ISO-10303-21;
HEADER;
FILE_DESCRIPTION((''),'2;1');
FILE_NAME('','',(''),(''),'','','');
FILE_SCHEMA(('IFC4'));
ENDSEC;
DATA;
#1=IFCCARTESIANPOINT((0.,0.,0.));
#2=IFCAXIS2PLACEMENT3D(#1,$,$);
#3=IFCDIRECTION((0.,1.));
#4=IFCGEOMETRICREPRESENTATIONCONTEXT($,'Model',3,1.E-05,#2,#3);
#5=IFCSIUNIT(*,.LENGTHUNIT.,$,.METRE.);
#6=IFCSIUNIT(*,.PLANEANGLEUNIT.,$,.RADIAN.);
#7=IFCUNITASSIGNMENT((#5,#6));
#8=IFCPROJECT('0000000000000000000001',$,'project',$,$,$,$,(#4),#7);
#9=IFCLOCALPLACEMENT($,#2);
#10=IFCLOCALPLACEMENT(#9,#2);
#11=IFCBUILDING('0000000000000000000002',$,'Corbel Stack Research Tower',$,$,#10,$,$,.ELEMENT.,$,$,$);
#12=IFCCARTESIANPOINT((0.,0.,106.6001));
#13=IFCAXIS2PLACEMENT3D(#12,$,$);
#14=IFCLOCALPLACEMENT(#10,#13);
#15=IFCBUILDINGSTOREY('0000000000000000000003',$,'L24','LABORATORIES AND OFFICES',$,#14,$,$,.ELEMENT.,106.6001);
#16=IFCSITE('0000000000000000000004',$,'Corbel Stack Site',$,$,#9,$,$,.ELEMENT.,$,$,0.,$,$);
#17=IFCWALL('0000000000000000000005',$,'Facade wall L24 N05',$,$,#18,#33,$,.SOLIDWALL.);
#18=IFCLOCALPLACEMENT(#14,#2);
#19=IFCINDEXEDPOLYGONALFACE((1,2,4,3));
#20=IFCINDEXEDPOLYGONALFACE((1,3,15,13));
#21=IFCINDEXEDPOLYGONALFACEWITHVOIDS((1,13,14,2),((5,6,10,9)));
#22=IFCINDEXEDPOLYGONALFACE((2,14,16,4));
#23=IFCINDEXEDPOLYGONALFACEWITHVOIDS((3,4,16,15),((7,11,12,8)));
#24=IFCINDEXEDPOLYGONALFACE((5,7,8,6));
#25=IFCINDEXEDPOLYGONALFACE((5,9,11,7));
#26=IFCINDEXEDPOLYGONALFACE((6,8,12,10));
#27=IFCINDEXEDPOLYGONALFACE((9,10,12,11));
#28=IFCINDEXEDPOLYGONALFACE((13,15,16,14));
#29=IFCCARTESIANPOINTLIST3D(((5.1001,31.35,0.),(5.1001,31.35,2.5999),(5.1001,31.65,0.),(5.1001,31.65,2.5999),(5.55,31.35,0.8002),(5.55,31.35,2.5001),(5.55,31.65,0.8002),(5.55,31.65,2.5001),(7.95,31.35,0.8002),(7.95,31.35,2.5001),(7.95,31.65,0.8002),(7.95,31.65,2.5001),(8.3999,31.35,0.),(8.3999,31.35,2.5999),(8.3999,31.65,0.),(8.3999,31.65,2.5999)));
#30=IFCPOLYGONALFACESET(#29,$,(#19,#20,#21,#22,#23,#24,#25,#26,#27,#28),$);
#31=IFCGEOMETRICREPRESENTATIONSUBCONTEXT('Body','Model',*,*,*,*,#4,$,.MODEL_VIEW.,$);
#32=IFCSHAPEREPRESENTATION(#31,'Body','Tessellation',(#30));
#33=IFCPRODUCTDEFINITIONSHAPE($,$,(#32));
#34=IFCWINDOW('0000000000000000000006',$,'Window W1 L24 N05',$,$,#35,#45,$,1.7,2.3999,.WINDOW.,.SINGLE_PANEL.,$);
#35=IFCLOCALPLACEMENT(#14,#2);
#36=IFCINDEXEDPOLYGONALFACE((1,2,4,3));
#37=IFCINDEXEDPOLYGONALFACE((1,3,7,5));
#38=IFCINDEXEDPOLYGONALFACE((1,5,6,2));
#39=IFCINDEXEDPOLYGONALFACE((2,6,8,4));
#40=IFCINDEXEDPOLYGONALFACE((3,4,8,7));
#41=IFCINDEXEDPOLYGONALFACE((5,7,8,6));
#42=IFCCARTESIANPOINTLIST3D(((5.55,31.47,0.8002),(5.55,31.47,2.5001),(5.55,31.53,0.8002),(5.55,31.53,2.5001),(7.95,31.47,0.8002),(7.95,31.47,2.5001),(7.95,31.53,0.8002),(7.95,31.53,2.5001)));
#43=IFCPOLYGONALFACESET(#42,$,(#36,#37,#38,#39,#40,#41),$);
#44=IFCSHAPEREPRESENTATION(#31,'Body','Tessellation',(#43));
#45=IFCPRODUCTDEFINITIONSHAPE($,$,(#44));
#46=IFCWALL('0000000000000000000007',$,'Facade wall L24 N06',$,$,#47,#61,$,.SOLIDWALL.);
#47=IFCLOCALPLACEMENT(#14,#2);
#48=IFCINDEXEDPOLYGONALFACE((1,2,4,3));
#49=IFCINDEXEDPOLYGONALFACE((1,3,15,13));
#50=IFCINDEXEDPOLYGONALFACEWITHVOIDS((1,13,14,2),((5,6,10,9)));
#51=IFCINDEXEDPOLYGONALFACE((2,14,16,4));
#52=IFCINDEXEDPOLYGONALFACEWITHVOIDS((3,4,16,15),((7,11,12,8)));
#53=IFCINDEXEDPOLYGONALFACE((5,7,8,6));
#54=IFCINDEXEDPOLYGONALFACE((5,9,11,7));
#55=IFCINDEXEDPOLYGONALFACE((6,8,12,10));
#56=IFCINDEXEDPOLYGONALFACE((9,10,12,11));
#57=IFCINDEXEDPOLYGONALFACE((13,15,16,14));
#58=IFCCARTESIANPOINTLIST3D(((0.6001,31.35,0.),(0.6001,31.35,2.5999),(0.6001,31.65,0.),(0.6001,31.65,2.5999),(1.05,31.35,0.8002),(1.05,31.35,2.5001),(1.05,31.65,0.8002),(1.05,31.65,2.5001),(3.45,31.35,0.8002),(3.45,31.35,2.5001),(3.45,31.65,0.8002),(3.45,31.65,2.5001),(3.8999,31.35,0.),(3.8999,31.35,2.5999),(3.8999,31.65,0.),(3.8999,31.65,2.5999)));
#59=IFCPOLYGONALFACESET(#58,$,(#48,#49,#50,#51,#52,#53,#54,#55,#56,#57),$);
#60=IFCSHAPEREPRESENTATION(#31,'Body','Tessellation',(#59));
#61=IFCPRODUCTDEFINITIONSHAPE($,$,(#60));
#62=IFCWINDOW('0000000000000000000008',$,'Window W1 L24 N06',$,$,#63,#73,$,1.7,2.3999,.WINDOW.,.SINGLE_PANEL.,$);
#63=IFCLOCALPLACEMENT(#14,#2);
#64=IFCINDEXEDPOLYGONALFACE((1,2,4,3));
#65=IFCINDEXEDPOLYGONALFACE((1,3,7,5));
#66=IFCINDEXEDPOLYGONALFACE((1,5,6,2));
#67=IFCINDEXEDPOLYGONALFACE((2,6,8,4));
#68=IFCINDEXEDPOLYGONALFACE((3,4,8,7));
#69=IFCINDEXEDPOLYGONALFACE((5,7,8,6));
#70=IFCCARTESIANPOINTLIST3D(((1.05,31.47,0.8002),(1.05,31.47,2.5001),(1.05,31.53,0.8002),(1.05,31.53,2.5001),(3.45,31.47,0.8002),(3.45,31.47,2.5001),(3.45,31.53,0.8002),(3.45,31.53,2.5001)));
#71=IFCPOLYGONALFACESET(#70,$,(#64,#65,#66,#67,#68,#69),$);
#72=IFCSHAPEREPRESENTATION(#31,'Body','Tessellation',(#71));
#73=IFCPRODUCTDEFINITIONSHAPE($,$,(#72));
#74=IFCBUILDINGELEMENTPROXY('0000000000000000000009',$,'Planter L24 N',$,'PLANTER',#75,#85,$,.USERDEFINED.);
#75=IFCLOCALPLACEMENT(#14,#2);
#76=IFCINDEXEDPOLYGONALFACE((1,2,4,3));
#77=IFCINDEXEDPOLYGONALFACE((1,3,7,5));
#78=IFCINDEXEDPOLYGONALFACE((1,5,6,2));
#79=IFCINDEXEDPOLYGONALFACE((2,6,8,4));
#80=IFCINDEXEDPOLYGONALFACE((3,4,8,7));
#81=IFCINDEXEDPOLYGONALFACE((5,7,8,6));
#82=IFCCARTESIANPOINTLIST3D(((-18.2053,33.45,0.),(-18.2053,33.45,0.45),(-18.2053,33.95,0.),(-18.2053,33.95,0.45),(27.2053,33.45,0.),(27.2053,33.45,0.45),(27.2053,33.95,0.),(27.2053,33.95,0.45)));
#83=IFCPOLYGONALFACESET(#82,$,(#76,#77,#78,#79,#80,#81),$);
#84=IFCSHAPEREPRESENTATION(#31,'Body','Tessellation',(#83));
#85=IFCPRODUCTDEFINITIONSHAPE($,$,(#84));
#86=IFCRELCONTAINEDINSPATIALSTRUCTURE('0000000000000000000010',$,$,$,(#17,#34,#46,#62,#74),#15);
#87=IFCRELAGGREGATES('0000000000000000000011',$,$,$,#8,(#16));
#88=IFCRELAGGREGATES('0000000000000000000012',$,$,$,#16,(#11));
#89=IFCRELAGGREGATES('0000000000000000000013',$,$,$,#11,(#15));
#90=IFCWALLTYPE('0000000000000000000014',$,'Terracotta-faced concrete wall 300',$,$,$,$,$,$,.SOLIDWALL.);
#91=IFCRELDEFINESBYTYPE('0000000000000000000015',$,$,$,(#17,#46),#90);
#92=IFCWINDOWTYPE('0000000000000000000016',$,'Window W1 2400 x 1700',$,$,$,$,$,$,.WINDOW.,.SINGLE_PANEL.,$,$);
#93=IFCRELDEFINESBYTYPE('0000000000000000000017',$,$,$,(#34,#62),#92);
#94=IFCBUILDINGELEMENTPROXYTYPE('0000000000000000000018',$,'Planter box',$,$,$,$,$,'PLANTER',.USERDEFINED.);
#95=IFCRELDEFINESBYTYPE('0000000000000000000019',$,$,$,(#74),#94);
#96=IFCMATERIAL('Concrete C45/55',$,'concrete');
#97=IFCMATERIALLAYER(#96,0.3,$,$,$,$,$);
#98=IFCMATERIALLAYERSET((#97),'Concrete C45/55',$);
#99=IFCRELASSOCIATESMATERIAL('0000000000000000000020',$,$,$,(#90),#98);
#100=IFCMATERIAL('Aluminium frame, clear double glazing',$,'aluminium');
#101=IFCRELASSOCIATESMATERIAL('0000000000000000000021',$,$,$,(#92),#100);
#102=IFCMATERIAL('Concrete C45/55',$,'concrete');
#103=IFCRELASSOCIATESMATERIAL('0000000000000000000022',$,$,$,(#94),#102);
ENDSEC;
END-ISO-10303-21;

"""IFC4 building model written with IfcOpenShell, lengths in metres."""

from ifc_helpers import new_model, si_unit, direction, frame, frame_2d, origin, origin_2d, place, context, subcontext, project, spatial, rectangle, extrude, material, layer, layer_set, type_object, element, fill, save


model = new_model("IFC4")

# Units and contexts
model_context = context("Model", 3, precision=1e-05, world=origin(), true_north=direction((0.0, 1.0)))
body_context = subcontext(model_context, "Body", "Model", "MODEL_VIEW")
ifc_project = project(units=[si_unit("LENGTHUNIT", "METRE"), si_unit("PLANEANGLEUNIT", "RADIAN")], contexts=[model_context])

# Site, building, storey
site_placement = place(None, origin())
site = spatial("IfcSite", under=ifc_project, at=site_placement, Name="Corbel Stack Site", CompositionType="ELEMENT", RefElevation=0.0)
building_placement = place(site_placement, origin())
building = spatial("IfcBuilding", under=site, at=building_placement, Name="Corbel Stack Research Tower", CompositionType="ELEMENT")
storey_placement = place(building_placement, frame((0.0, 0.0, 106.6001)))
storey = spatial("IfcBuildingStorey", under=building, at=storey_placement, Name="L24", Description="LABORATORIES AND OFFICES", CompositionType="ELEMENT", Elevation=106.6001)

# Walls, openings, windows
ifc_material_1 = material(Name="Concrete C45/55", Category="concrete")
ifc_layer_1 = layer(ifc_material_1, 0.3)
ifc_layer_set_1 = layer_set([ifc_layer_1], Name="Concrete C45/55")
wall_type_1 = type_object("IfcWallType", Name="Terracotta-faced concrete wall 300", PredefinedType="SOLIDWALL", material=ifc_layer_set_1)
wall_1_placement = place(storey_placement, frame((5.1001, 31.5, 0.0), z_axis=(0.0, 0.0, 1.0), x_axis=(1.0, 0.0, 0.0)))
wall_1 = element("IfcWall", 1, at=wall_1_placement, inside=storey, type_object=wall_type_1, Name="Facade wall L24 N05", PredefinedType="SOLIDWALL", context=body_context, shape_type="SweptSolid", body=[
    extrude(rectangle(XDim=3.2998, YDim=0.3, at=frame_2d((1.6499, 0.0))), origin(), (0.0, 0.0, 1.0), 2.5999),
])
opening_1_placement = place(wall_1_placement, frame((0.45, 0.0, 0.8)))
opening_1 = element("IfcOpeningElement", 2, at=opening_1_placement, cuts=wall_1, PredefinedType="OPENING", context=body_context, shape_type="SweptSolid", body=[
    extrude(rectangle(XDim=2.3999, YDim=1.7, at=frame_2d((1.2, 0.8501))), frame((0.0, 0.1599, 0.0), z_axis=(0.0, -1.0, 0.0), x_axis=(1.0, 0.0, 0.0)), (0.0, 0.0, 1.0), 0.3201),
])
ifc_material_2 = material(Name="Aluminium frame, clear double glazing", Category="aluminium")
window_type = type_object("IfcWindowType", Name="Window W1 2400 x 1700", PartitioningType="SINGLE_PANEL", PredefinedType="WINDOW", material=ifc_material_2)
window_1_placement = place(opening_1_placement, origin())
window_1 = element("IfcWindow", 3, at=window_1_placement, inside=storey, type_object=window_type, Name="Window W1 L24 N05", OverallHeight=1.7, OverallWidth=2.3999, PartitioningType="SINGLE_PANEL", PredefinedType="WINDOW", context=body_context, shape_type="SweptSolid", body=[
    extrude(rectangle(XDim=2.3999, YDim=1.7, at=frame_2d((1.2, 0.8501))), frame((0.0, 0.03, 0.0), z_axis=(0.0, -1.0, 0.0), x_axis=(1.0, 0.0, 0.0)), (0.0, 0.0, 1.0), 0.0601),
])
fill(opening_1, window_1)
wall_2_placement = place(storey_placement, frame((0.6001, 31.5, 0.0), z_axis=(0.0, 0.0, 1.0), x_axis=(1.0, 0.0, 0.0)))
wall_2 = element("IfcWall", 4, at=wall_2_placement, inside=storey, type_object=wall_type_1, Name="Facade wall L24 N06", PredefinedType="SOLIDWALL", context=body_context, shape_type="SweptSolid", body=[
    extrude(rectangle(XDim=3.2998, YDim=0.3, at=frame_2d((1.6499, 0.0))), origin(), (0.0, 0.0, 1.0), 2.5999),
])
opening_2_placement = place(wall_2_placement, frame((0.45, 0.0, 0.8)))
opening_2 = element("IfcOpeningElement", 5, at=opening_2_placement, cuts=wall_2, PredefinedType="OPENING", context=body_context, shape_type="SweptSolid", body=[
    extrude(rectangle(XDim=2.3999, YDim=1.7, at=frame_2d((1.2, 0.8501))), frame((0.0, 0.1599, 0.0), z_axis=(0.0, -1.0, 0.0), x_axis=(1.0, 0.0, 0.0)), (0.0, 0.0, 1.0), 0.3201),
])
window_2_placement = place(opening_2_placement, origin())
window_2 = element("IfcWindow", 6, at=window_2_placement, inside=storey, type_object=window_type, Name="Window W1 L24 N06", OverallHeight=1.7, OverallWidth=2.3999, PartitioningType="SINGLE_PANEL", PredefinedType="WINDOW", context=body_context, shape_type="SweptSolid", body=[
    extrude(rectangle(XDim=2.3999, YDim=1.7, at=frame_2d((1.2, 0.8501))), frame((0.0, 0.03, 0.0), z_axis=(0.0, -1.0, 0.0), x_axis=(1.0, 0.0, 0.0)), (0.0, 0.0, 1.0), 0.0601),
])
fill(opening_2, window_2)

# Building element proxy
ifc_material_3 = material(Name="Concrete C45/55", Category="concrete")
building_element_proxy_type = type_object("IfcBuildingElementProxyType", Name="Planter box", ElementType="PLANTER", PredefinedType="USERDEFINED", material=ifc_material_3)
proxy_placement = place(storey_placement, frame((4.5, 33.7, 0.0), z_axis=(0.0, 0.0, 1.0), x_axis=(-1.0, 0.0, 0.0)))
element("IfcBuildingElementProxy", 7, at=proxy_placement, inside=storey, type_object=building_element_proxy_type, Name="Planter L24 N", ObjectType="PLANTER", PredefinedType="USERDEFINED", context=body_context, shape_type="SweptSolid", body=[
    extrude(rectangle(XDim=45.4106, YDim=0.5, at=origin_2d()), origin(), (0.0, 0.0, 1.0), 0.45),
])

save(model, "model.ifc")
